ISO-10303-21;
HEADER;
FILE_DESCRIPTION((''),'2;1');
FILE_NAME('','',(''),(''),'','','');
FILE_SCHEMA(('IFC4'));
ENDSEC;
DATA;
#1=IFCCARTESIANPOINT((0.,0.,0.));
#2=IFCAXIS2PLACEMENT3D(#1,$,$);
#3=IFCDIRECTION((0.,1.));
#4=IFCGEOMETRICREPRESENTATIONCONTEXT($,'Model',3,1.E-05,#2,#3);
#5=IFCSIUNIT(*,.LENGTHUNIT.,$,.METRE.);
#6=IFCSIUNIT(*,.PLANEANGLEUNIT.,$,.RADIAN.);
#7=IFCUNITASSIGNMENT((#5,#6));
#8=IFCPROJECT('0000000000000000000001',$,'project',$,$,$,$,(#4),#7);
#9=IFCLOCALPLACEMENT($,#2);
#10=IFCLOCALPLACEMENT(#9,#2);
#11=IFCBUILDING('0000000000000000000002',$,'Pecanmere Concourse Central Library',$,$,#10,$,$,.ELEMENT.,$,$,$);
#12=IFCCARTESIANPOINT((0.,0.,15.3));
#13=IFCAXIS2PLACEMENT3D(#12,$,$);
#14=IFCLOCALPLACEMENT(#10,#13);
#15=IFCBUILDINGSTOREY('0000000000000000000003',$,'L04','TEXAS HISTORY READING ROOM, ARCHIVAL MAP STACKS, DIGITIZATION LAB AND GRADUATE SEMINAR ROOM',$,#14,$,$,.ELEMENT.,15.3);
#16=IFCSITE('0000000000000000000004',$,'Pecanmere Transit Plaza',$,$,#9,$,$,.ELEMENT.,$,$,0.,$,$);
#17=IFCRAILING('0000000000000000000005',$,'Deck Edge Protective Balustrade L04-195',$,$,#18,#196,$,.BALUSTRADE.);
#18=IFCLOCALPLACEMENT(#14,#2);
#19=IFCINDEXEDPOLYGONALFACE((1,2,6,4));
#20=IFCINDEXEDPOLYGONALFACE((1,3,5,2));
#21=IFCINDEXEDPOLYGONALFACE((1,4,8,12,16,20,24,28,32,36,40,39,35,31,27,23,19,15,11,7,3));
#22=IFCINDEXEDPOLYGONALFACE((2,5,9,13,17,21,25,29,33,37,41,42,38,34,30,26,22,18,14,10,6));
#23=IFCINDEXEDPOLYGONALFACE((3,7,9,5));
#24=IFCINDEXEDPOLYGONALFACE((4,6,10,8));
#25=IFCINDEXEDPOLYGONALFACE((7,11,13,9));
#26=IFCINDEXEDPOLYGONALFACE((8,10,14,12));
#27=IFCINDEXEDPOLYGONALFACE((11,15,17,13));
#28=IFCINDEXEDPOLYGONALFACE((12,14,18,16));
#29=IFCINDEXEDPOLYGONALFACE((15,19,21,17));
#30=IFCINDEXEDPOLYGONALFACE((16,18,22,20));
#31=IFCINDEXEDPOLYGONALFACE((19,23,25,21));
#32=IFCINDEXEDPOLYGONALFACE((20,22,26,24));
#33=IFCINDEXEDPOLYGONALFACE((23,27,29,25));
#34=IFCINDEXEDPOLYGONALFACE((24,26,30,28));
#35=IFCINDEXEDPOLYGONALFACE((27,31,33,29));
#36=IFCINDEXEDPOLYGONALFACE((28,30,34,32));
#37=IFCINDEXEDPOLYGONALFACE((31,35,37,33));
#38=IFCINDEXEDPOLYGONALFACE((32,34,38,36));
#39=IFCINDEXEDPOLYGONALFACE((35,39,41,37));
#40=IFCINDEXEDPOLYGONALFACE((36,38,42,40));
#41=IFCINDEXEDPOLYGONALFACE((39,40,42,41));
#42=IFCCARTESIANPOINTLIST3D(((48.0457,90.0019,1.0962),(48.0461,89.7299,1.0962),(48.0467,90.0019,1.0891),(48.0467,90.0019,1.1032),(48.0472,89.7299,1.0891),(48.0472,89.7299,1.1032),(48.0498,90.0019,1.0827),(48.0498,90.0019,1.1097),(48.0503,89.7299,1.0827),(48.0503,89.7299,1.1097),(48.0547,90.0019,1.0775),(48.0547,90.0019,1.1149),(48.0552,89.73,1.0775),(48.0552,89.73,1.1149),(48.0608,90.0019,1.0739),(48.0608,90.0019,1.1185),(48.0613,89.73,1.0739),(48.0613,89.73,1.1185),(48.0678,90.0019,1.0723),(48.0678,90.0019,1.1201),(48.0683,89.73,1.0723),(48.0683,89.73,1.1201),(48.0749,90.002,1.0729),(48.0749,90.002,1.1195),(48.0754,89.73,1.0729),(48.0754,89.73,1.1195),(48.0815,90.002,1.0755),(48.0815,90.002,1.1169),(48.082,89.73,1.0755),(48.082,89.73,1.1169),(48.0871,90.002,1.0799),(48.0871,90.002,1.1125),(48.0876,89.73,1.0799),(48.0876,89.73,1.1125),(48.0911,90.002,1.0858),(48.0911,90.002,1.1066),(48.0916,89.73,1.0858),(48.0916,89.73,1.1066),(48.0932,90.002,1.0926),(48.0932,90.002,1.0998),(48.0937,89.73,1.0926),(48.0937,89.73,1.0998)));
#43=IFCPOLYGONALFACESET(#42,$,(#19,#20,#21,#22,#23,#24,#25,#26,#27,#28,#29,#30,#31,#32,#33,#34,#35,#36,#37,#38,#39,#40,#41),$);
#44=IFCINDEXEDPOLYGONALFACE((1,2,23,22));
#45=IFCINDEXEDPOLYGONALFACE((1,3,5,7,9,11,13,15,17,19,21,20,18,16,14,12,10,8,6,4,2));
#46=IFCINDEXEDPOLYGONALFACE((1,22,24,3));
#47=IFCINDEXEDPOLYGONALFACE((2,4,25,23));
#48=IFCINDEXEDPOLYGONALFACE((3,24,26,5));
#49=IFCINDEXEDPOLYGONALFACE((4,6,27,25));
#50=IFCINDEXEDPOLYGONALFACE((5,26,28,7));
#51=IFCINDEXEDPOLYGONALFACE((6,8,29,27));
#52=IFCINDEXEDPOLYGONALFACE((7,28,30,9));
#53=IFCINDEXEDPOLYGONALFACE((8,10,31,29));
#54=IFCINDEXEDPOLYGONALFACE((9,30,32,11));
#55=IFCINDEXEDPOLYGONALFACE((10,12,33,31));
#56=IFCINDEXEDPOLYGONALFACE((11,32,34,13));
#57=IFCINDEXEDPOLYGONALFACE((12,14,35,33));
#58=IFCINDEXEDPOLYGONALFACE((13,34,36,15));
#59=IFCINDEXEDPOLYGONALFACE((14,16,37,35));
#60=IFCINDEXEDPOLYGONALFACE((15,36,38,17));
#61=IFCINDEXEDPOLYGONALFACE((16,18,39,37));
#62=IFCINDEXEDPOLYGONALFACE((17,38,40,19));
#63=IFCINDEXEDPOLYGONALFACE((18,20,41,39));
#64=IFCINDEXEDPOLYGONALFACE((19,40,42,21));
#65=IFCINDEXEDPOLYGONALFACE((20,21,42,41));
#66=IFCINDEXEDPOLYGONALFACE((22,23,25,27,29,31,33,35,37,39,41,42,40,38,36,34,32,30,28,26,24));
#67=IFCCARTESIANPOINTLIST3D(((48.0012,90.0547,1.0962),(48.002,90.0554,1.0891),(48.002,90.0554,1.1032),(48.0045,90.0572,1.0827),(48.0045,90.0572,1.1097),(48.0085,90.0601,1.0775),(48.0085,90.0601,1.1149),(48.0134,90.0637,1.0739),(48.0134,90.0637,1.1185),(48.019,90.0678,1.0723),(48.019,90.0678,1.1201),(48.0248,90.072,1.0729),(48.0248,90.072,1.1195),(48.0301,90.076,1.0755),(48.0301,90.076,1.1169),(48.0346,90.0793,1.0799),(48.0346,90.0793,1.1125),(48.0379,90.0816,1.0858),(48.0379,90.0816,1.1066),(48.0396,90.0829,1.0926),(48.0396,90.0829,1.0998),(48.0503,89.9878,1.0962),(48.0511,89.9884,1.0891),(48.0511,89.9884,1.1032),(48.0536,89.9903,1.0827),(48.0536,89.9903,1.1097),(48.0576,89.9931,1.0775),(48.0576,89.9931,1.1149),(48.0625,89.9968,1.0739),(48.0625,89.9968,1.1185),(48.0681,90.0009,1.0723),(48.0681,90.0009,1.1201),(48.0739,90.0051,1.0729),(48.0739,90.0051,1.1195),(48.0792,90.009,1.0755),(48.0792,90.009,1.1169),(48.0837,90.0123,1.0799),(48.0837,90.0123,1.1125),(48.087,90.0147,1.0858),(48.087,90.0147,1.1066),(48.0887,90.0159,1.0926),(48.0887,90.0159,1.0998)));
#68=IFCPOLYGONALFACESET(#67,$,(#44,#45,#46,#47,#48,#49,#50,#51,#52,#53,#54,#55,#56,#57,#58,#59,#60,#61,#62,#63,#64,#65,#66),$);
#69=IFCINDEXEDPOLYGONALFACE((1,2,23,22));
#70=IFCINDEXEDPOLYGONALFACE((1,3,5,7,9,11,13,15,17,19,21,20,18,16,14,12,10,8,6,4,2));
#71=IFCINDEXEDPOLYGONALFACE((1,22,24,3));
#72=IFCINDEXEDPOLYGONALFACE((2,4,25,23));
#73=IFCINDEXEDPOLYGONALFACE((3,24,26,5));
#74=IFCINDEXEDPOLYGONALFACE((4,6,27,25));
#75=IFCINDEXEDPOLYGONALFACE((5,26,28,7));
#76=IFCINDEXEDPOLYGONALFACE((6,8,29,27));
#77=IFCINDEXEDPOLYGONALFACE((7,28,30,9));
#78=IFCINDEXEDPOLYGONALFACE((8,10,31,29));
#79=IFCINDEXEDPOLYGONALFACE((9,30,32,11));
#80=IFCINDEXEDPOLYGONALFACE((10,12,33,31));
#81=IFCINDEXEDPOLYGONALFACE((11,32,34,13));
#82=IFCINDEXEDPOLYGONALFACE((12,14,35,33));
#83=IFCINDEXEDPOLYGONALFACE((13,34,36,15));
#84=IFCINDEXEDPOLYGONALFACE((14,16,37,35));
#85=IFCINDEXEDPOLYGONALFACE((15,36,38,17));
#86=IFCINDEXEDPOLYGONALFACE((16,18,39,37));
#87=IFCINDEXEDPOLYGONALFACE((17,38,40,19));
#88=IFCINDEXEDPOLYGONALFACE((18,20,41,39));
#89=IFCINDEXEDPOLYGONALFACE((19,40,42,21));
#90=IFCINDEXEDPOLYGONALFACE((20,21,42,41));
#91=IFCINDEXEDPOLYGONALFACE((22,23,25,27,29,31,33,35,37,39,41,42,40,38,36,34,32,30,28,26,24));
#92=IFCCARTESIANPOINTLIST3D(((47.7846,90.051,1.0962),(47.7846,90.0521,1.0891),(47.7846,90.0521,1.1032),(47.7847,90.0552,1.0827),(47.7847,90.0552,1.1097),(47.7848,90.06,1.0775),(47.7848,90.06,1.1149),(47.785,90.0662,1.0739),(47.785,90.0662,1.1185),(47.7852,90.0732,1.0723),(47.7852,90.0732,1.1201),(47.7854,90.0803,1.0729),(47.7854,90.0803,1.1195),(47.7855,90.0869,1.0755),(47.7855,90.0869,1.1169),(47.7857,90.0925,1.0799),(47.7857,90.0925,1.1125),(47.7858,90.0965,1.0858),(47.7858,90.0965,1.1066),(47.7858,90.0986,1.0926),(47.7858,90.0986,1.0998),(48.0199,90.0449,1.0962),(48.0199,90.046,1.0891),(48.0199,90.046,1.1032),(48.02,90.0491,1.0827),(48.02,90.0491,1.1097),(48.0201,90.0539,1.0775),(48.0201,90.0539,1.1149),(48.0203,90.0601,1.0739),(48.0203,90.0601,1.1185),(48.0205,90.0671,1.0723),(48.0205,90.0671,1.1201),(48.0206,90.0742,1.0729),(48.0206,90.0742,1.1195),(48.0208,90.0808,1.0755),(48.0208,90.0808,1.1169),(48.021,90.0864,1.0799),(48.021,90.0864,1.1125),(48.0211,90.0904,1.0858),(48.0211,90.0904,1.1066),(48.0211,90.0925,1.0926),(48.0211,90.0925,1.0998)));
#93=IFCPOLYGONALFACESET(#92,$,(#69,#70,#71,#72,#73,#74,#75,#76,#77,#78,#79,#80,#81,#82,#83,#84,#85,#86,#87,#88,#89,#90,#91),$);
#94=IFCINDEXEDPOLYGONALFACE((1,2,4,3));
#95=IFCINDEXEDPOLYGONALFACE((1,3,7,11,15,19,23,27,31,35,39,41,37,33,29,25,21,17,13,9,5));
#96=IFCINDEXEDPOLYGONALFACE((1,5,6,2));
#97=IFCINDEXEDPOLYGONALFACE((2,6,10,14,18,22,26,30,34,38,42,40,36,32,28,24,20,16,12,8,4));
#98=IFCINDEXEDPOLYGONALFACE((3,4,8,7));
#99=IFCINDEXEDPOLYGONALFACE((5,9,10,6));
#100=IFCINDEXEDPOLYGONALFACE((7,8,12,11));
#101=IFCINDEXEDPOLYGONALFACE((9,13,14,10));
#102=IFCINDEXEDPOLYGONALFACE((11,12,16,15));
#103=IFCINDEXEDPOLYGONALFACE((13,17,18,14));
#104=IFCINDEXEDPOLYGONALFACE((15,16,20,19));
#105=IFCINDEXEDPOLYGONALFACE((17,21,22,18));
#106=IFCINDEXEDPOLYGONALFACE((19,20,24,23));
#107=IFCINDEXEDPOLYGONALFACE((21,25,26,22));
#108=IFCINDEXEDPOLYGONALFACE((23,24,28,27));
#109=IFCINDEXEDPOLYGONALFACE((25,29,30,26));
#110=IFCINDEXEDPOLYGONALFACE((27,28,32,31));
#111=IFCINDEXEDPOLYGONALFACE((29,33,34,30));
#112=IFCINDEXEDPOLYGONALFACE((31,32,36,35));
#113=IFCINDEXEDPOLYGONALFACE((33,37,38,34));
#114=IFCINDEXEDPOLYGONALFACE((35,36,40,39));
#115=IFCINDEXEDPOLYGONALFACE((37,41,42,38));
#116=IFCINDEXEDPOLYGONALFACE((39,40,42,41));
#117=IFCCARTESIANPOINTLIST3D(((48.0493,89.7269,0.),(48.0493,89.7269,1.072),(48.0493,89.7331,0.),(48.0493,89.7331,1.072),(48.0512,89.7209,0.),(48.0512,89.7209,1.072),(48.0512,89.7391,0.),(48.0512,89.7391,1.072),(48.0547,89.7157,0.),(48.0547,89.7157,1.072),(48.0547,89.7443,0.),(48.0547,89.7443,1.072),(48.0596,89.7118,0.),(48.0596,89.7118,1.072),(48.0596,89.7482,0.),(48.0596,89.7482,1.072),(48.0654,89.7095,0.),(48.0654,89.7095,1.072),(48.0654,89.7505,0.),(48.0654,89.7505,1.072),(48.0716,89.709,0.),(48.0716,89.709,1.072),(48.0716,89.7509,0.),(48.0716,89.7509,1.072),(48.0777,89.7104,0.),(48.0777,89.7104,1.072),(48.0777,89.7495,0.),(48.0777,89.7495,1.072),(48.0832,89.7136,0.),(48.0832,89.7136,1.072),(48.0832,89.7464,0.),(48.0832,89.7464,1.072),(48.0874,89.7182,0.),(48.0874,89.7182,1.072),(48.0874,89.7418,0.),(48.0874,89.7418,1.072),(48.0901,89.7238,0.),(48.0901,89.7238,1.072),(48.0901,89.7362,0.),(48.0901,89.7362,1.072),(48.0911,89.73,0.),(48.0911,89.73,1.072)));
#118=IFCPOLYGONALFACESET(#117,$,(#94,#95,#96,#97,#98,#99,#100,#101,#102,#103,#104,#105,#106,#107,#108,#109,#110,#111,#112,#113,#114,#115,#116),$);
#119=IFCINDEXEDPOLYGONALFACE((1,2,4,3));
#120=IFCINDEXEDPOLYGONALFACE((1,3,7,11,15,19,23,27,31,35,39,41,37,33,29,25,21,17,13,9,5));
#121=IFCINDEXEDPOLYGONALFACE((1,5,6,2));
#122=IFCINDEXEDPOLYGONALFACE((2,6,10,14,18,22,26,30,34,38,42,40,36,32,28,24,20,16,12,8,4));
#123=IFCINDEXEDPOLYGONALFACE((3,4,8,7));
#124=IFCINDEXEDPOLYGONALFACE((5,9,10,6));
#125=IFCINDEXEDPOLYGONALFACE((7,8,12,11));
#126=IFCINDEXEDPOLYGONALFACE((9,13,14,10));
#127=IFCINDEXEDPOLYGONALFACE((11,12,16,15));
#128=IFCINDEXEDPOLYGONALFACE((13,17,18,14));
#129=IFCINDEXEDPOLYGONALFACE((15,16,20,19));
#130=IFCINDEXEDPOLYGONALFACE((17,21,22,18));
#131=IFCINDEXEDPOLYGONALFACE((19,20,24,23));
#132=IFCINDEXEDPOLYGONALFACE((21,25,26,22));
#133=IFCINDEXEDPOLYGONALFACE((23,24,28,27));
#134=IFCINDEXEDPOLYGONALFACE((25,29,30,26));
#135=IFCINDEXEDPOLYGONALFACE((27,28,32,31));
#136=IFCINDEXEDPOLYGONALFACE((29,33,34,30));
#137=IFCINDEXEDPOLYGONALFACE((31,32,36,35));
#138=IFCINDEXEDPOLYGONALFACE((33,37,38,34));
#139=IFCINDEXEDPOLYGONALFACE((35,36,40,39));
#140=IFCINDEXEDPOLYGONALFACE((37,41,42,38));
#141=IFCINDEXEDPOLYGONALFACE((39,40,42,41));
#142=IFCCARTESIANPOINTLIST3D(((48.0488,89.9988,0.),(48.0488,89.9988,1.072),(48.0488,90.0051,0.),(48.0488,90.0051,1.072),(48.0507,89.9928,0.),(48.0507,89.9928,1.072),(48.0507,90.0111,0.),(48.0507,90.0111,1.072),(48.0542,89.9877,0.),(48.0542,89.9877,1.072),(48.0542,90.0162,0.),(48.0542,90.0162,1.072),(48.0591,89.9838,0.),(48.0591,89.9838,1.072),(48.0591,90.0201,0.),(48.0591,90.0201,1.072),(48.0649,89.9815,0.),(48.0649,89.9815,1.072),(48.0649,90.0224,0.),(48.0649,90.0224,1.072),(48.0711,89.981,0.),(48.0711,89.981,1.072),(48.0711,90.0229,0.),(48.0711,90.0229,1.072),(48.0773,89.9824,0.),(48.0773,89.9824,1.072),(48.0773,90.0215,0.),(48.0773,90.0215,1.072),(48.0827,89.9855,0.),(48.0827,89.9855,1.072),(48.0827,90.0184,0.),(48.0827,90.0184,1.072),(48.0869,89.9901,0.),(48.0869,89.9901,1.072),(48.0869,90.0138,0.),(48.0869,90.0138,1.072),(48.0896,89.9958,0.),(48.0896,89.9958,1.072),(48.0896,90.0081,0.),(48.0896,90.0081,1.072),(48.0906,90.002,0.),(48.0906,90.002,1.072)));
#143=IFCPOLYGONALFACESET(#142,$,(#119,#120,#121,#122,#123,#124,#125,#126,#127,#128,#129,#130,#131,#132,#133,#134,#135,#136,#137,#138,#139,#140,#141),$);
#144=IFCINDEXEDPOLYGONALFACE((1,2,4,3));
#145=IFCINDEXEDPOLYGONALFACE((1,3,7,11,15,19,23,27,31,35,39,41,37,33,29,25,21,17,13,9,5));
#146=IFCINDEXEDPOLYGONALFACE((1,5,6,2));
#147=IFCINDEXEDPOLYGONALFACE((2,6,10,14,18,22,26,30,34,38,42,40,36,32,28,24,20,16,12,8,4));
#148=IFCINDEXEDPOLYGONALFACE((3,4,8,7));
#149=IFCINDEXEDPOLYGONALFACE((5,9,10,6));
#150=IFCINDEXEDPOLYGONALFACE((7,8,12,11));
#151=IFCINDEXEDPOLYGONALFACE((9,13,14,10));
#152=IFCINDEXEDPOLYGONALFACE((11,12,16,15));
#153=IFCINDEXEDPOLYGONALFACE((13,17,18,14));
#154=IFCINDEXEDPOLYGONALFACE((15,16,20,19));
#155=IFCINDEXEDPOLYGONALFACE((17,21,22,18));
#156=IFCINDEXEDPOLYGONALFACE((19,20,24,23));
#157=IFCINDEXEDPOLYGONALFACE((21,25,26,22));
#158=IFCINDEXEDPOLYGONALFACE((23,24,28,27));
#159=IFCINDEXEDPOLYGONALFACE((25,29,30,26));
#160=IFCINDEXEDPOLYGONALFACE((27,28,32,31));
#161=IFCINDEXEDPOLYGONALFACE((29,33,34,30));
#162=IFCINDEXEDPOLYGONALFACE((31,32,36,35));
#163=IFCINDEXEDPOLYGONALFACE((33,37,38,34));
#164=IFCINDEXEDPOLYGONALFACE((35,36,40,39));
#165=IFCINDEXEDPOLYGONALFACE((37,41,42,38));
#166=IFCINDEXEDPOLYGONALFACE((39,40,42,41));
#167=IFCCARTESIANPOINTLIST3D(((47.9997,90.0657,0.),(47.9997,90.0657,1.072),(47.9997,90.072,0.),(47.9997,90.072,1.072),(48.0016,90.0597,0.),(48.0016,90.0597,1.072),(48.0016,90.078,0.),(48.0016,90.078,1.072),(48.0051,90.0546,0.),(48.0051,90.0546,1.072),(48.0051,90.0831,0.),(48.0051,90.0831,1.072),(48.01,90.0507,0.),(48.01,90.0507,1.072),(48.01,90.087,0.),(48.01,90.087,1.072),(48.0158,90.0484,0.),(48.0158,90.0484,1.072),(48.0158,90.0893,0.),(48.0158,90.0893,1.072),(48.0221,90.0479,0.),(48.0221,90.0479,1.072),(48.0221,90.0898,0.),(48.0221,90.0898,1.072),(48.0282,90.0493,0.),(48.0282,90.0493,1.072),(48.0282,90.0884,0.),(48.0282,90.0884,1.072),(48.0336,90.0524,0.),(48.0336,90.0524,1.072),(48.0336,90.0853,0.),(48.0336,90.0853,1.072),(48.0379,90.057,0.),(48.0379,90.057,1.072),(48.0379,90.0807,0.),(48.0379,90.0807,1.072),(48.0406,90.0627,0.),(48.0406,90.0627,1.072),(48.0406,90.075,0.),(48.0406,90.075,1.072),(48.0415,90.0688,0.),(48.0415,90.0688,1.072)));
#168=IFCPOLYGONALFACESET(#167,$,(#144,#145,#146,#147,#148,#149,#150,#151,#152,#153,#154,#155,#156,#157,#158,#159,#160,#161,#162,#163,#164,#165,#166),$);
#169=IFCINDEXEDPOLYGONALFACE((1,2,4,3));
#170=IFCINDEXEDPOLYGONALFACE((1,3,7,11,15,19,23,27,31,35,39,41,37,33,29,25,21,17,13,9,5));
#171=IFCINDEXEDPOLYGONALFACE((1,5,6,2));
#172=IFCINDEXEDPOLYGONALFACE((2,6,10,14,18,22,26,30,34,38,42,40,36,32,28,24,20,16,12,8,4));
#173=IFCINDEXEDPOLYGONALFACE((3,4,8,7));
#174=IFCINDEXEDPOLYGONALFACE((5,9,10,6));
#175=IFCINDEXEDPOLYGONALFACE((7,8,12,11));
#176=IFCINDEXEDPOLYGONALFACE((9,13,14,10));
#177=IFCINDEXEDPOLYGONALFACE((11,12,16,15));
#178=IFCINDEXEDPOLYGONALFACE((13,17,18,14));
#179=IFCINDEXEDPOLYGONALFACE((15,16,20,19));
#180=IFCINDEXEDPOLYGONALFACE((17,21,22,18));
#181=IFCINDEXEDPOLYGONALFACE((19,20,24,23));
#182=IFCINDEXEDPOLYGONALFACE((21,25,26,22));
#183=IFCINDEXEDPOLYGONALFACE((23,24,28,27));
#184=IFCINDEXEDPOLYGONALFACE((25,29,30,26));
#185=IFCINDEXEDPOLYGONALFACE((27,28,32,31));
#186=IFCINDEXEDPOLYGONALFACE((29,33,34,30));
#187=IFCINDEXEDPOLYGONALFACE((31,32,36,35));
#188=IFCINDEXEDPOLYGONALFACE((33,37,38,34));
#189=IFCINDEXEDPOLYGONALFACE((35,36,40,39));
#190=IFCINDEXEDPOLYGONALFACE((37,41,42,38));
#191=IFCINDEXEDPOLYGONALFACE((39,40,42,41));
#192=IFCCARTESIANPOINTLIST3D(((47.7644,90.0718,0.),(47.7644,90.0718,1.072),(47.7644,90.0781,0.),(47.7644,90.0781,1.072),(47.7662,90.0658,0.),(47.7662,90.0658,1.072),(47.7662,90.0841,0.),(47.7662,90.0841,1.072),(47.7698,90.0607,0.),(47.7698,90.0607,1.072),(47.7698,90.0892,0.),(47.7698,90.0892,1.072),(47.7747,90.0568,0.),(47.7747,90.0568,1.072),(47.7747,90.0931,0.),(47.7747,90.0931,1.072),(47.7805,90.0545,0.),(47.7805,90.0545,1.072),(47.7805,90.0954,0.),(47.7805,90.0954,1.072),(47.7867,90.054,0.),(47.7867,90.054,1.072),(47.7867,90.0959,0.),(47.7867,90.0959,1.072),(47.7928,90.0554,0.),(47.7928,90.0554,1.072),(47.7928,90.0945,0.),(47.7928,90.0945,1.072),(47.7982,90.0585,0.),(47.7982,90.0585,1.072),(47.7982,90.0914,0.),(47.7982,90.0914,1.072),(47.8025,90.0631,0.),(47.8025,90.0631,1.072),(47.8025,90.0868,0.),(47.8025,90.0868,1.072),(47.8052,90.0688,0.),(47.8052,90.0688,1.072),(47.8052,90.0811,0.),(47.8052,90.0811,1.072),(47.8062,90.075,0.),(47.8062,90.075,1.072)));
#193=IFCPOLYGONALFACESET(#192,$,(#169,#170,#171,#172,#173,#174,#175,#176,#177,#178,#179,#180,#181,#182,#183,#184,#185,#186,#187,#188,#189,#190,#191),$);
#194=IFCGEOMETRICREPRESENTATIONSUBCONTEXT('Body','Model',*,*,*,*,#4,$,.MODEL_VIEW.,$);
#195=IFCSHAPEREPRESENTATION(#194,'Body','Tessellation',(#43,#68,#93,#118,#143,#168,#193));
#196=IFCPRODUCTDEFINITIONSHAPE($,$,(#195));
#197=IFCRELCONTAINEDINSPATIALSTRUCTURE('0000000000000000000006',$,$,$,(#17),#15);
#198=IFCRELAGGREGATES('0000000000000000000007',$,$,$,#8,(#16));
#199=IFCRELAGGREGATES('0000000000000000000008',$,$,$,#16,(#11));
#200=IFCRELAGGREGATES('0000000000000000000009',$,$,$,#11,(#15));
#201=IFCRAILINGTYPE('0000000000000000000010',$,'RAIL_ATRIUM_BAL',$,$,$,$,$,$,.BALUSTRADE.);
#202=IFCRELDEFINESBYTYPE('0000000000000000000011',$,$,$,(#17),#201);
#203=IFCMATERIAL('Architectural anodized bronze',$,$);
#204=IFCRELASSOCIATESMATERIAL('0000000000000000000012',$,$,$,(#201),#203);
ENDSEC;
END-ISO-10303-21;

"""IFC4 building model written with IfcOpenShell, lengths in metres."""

from ifc_helpers import new_model, si_unit, direction, frame, origin, origin_2d, place, context, subcontext, project, spatial, circle, extrude, material, type_object, element, save


model = new_model("IFC4")

# Units and contexts
model_context = context("Model", 3, precision=1e-05, world=origin(), true_north=direction((0.0, 1.0)))
body_context = subcontext(model_context, "Body", "Model", "MODEL_VIEW")
ifc_project = project(units=[si_unit("LENGTHUNIT", "METRE"), si_unit("PLANEANGLEUNIT", "RADIAN")], contexts=[model_context])

# Site, building, storey
site_placement = place(None, origin())
site = spatial("IfcSite", under=ifc_project, at=site_placement, Name="Pecanmere Transit Plaza", CompositionType="ELEMENT", RefElevation=0.0)
building_placement = place(site_placement, origin())
building = spatial("IfcBuilding", under=site, at=building_placement, Name="Pecanmere Concourse Central Library", CompositionType="ELEMENT")
storey_placement = place(building_placement, frame((0.0, 0.0, 15.3)))
storey = spatial("IfcBuildingStorey", under=building, at=storey_placement, Name="L04", Description="TEXAS HISTORY READING ROOM, ARCHIVAL MAP STACKS, DIGITIZATION LAB AND GRADUATE SEMINAR ROOM", CompositionType="ELEMENT", Elevation=15.3)

# Railing
ifc_material_1 = material(Name="Architectural anodized bronze")
railing_type = type_object("IfcRailingType", Name="RAIL_ATRIUM_BAL", PredefinedType="BALUSTRADE", material=ifc_material_1)
railing_1_placement = place(storey_placement, frame((48.0701, 89.73, 0.0)))
element("IfcRailing", 1, at=railing_1_placement, inside=storey, type_object=railing_type, Name="Deck Edge Protective Balustrade L04-195", PredefinedType="BALUSTRADE", context=body_context, shape_type="SweptSolid", body=[
    extrude(circle(Radius=0.0239, at=origin_2d()), frame((0.0, 0.0, 1.0962), z_axis=(-0.001795, 0.999998, 0.0), x_axis=(-0.999998, -0.001795, 0.0)), (0.0, 0.0, 1.0), 0.272),
    extrude(circle(Radius=0.0239, at=origin_2d()), frame((-0.0005, 0.272, 1.0962), z_axis=(-0.591491, 0.806311, 0.0), x_axis=(-0.806311, -0.591491, 0.0)), (0.0, 0.0, 1.0), 0.083),
    extrude(circle(Radius=0.0239, at=origin_2d()), frame((-0.0496, 0.3389, 1.0962), z_axis=(-0.999664, 0.025925, 0.0), x_axis=(-0.025925, -0.999664, 0.0)), (0.0, 0.0, 1.0), 0.2354),
    extrude(circle(Radius=0.021, at=origin_2d()), origin(), (0.0, 0.0, 1.0), 1.072),
    extrude(circle(Radius=0.021, at=origin_2d()), frame((-0.0005, 0.272, 0.0)), (0.0, 0.0, 1.0), 1.072),
    extrude(circle(Radius=0.021, at=origin_2d()), frame((-0.0496, 0.3389, 0.0)), (0.0, 0.0, 1.0), 1.072),
    extrude(circle(Radius=0.021, at=origin_2d()), frame((-0.2849, 0.345, 0.0)), (0.0, 0.0, 1.0), 1.072),
])

save(model, "model.ifc")
